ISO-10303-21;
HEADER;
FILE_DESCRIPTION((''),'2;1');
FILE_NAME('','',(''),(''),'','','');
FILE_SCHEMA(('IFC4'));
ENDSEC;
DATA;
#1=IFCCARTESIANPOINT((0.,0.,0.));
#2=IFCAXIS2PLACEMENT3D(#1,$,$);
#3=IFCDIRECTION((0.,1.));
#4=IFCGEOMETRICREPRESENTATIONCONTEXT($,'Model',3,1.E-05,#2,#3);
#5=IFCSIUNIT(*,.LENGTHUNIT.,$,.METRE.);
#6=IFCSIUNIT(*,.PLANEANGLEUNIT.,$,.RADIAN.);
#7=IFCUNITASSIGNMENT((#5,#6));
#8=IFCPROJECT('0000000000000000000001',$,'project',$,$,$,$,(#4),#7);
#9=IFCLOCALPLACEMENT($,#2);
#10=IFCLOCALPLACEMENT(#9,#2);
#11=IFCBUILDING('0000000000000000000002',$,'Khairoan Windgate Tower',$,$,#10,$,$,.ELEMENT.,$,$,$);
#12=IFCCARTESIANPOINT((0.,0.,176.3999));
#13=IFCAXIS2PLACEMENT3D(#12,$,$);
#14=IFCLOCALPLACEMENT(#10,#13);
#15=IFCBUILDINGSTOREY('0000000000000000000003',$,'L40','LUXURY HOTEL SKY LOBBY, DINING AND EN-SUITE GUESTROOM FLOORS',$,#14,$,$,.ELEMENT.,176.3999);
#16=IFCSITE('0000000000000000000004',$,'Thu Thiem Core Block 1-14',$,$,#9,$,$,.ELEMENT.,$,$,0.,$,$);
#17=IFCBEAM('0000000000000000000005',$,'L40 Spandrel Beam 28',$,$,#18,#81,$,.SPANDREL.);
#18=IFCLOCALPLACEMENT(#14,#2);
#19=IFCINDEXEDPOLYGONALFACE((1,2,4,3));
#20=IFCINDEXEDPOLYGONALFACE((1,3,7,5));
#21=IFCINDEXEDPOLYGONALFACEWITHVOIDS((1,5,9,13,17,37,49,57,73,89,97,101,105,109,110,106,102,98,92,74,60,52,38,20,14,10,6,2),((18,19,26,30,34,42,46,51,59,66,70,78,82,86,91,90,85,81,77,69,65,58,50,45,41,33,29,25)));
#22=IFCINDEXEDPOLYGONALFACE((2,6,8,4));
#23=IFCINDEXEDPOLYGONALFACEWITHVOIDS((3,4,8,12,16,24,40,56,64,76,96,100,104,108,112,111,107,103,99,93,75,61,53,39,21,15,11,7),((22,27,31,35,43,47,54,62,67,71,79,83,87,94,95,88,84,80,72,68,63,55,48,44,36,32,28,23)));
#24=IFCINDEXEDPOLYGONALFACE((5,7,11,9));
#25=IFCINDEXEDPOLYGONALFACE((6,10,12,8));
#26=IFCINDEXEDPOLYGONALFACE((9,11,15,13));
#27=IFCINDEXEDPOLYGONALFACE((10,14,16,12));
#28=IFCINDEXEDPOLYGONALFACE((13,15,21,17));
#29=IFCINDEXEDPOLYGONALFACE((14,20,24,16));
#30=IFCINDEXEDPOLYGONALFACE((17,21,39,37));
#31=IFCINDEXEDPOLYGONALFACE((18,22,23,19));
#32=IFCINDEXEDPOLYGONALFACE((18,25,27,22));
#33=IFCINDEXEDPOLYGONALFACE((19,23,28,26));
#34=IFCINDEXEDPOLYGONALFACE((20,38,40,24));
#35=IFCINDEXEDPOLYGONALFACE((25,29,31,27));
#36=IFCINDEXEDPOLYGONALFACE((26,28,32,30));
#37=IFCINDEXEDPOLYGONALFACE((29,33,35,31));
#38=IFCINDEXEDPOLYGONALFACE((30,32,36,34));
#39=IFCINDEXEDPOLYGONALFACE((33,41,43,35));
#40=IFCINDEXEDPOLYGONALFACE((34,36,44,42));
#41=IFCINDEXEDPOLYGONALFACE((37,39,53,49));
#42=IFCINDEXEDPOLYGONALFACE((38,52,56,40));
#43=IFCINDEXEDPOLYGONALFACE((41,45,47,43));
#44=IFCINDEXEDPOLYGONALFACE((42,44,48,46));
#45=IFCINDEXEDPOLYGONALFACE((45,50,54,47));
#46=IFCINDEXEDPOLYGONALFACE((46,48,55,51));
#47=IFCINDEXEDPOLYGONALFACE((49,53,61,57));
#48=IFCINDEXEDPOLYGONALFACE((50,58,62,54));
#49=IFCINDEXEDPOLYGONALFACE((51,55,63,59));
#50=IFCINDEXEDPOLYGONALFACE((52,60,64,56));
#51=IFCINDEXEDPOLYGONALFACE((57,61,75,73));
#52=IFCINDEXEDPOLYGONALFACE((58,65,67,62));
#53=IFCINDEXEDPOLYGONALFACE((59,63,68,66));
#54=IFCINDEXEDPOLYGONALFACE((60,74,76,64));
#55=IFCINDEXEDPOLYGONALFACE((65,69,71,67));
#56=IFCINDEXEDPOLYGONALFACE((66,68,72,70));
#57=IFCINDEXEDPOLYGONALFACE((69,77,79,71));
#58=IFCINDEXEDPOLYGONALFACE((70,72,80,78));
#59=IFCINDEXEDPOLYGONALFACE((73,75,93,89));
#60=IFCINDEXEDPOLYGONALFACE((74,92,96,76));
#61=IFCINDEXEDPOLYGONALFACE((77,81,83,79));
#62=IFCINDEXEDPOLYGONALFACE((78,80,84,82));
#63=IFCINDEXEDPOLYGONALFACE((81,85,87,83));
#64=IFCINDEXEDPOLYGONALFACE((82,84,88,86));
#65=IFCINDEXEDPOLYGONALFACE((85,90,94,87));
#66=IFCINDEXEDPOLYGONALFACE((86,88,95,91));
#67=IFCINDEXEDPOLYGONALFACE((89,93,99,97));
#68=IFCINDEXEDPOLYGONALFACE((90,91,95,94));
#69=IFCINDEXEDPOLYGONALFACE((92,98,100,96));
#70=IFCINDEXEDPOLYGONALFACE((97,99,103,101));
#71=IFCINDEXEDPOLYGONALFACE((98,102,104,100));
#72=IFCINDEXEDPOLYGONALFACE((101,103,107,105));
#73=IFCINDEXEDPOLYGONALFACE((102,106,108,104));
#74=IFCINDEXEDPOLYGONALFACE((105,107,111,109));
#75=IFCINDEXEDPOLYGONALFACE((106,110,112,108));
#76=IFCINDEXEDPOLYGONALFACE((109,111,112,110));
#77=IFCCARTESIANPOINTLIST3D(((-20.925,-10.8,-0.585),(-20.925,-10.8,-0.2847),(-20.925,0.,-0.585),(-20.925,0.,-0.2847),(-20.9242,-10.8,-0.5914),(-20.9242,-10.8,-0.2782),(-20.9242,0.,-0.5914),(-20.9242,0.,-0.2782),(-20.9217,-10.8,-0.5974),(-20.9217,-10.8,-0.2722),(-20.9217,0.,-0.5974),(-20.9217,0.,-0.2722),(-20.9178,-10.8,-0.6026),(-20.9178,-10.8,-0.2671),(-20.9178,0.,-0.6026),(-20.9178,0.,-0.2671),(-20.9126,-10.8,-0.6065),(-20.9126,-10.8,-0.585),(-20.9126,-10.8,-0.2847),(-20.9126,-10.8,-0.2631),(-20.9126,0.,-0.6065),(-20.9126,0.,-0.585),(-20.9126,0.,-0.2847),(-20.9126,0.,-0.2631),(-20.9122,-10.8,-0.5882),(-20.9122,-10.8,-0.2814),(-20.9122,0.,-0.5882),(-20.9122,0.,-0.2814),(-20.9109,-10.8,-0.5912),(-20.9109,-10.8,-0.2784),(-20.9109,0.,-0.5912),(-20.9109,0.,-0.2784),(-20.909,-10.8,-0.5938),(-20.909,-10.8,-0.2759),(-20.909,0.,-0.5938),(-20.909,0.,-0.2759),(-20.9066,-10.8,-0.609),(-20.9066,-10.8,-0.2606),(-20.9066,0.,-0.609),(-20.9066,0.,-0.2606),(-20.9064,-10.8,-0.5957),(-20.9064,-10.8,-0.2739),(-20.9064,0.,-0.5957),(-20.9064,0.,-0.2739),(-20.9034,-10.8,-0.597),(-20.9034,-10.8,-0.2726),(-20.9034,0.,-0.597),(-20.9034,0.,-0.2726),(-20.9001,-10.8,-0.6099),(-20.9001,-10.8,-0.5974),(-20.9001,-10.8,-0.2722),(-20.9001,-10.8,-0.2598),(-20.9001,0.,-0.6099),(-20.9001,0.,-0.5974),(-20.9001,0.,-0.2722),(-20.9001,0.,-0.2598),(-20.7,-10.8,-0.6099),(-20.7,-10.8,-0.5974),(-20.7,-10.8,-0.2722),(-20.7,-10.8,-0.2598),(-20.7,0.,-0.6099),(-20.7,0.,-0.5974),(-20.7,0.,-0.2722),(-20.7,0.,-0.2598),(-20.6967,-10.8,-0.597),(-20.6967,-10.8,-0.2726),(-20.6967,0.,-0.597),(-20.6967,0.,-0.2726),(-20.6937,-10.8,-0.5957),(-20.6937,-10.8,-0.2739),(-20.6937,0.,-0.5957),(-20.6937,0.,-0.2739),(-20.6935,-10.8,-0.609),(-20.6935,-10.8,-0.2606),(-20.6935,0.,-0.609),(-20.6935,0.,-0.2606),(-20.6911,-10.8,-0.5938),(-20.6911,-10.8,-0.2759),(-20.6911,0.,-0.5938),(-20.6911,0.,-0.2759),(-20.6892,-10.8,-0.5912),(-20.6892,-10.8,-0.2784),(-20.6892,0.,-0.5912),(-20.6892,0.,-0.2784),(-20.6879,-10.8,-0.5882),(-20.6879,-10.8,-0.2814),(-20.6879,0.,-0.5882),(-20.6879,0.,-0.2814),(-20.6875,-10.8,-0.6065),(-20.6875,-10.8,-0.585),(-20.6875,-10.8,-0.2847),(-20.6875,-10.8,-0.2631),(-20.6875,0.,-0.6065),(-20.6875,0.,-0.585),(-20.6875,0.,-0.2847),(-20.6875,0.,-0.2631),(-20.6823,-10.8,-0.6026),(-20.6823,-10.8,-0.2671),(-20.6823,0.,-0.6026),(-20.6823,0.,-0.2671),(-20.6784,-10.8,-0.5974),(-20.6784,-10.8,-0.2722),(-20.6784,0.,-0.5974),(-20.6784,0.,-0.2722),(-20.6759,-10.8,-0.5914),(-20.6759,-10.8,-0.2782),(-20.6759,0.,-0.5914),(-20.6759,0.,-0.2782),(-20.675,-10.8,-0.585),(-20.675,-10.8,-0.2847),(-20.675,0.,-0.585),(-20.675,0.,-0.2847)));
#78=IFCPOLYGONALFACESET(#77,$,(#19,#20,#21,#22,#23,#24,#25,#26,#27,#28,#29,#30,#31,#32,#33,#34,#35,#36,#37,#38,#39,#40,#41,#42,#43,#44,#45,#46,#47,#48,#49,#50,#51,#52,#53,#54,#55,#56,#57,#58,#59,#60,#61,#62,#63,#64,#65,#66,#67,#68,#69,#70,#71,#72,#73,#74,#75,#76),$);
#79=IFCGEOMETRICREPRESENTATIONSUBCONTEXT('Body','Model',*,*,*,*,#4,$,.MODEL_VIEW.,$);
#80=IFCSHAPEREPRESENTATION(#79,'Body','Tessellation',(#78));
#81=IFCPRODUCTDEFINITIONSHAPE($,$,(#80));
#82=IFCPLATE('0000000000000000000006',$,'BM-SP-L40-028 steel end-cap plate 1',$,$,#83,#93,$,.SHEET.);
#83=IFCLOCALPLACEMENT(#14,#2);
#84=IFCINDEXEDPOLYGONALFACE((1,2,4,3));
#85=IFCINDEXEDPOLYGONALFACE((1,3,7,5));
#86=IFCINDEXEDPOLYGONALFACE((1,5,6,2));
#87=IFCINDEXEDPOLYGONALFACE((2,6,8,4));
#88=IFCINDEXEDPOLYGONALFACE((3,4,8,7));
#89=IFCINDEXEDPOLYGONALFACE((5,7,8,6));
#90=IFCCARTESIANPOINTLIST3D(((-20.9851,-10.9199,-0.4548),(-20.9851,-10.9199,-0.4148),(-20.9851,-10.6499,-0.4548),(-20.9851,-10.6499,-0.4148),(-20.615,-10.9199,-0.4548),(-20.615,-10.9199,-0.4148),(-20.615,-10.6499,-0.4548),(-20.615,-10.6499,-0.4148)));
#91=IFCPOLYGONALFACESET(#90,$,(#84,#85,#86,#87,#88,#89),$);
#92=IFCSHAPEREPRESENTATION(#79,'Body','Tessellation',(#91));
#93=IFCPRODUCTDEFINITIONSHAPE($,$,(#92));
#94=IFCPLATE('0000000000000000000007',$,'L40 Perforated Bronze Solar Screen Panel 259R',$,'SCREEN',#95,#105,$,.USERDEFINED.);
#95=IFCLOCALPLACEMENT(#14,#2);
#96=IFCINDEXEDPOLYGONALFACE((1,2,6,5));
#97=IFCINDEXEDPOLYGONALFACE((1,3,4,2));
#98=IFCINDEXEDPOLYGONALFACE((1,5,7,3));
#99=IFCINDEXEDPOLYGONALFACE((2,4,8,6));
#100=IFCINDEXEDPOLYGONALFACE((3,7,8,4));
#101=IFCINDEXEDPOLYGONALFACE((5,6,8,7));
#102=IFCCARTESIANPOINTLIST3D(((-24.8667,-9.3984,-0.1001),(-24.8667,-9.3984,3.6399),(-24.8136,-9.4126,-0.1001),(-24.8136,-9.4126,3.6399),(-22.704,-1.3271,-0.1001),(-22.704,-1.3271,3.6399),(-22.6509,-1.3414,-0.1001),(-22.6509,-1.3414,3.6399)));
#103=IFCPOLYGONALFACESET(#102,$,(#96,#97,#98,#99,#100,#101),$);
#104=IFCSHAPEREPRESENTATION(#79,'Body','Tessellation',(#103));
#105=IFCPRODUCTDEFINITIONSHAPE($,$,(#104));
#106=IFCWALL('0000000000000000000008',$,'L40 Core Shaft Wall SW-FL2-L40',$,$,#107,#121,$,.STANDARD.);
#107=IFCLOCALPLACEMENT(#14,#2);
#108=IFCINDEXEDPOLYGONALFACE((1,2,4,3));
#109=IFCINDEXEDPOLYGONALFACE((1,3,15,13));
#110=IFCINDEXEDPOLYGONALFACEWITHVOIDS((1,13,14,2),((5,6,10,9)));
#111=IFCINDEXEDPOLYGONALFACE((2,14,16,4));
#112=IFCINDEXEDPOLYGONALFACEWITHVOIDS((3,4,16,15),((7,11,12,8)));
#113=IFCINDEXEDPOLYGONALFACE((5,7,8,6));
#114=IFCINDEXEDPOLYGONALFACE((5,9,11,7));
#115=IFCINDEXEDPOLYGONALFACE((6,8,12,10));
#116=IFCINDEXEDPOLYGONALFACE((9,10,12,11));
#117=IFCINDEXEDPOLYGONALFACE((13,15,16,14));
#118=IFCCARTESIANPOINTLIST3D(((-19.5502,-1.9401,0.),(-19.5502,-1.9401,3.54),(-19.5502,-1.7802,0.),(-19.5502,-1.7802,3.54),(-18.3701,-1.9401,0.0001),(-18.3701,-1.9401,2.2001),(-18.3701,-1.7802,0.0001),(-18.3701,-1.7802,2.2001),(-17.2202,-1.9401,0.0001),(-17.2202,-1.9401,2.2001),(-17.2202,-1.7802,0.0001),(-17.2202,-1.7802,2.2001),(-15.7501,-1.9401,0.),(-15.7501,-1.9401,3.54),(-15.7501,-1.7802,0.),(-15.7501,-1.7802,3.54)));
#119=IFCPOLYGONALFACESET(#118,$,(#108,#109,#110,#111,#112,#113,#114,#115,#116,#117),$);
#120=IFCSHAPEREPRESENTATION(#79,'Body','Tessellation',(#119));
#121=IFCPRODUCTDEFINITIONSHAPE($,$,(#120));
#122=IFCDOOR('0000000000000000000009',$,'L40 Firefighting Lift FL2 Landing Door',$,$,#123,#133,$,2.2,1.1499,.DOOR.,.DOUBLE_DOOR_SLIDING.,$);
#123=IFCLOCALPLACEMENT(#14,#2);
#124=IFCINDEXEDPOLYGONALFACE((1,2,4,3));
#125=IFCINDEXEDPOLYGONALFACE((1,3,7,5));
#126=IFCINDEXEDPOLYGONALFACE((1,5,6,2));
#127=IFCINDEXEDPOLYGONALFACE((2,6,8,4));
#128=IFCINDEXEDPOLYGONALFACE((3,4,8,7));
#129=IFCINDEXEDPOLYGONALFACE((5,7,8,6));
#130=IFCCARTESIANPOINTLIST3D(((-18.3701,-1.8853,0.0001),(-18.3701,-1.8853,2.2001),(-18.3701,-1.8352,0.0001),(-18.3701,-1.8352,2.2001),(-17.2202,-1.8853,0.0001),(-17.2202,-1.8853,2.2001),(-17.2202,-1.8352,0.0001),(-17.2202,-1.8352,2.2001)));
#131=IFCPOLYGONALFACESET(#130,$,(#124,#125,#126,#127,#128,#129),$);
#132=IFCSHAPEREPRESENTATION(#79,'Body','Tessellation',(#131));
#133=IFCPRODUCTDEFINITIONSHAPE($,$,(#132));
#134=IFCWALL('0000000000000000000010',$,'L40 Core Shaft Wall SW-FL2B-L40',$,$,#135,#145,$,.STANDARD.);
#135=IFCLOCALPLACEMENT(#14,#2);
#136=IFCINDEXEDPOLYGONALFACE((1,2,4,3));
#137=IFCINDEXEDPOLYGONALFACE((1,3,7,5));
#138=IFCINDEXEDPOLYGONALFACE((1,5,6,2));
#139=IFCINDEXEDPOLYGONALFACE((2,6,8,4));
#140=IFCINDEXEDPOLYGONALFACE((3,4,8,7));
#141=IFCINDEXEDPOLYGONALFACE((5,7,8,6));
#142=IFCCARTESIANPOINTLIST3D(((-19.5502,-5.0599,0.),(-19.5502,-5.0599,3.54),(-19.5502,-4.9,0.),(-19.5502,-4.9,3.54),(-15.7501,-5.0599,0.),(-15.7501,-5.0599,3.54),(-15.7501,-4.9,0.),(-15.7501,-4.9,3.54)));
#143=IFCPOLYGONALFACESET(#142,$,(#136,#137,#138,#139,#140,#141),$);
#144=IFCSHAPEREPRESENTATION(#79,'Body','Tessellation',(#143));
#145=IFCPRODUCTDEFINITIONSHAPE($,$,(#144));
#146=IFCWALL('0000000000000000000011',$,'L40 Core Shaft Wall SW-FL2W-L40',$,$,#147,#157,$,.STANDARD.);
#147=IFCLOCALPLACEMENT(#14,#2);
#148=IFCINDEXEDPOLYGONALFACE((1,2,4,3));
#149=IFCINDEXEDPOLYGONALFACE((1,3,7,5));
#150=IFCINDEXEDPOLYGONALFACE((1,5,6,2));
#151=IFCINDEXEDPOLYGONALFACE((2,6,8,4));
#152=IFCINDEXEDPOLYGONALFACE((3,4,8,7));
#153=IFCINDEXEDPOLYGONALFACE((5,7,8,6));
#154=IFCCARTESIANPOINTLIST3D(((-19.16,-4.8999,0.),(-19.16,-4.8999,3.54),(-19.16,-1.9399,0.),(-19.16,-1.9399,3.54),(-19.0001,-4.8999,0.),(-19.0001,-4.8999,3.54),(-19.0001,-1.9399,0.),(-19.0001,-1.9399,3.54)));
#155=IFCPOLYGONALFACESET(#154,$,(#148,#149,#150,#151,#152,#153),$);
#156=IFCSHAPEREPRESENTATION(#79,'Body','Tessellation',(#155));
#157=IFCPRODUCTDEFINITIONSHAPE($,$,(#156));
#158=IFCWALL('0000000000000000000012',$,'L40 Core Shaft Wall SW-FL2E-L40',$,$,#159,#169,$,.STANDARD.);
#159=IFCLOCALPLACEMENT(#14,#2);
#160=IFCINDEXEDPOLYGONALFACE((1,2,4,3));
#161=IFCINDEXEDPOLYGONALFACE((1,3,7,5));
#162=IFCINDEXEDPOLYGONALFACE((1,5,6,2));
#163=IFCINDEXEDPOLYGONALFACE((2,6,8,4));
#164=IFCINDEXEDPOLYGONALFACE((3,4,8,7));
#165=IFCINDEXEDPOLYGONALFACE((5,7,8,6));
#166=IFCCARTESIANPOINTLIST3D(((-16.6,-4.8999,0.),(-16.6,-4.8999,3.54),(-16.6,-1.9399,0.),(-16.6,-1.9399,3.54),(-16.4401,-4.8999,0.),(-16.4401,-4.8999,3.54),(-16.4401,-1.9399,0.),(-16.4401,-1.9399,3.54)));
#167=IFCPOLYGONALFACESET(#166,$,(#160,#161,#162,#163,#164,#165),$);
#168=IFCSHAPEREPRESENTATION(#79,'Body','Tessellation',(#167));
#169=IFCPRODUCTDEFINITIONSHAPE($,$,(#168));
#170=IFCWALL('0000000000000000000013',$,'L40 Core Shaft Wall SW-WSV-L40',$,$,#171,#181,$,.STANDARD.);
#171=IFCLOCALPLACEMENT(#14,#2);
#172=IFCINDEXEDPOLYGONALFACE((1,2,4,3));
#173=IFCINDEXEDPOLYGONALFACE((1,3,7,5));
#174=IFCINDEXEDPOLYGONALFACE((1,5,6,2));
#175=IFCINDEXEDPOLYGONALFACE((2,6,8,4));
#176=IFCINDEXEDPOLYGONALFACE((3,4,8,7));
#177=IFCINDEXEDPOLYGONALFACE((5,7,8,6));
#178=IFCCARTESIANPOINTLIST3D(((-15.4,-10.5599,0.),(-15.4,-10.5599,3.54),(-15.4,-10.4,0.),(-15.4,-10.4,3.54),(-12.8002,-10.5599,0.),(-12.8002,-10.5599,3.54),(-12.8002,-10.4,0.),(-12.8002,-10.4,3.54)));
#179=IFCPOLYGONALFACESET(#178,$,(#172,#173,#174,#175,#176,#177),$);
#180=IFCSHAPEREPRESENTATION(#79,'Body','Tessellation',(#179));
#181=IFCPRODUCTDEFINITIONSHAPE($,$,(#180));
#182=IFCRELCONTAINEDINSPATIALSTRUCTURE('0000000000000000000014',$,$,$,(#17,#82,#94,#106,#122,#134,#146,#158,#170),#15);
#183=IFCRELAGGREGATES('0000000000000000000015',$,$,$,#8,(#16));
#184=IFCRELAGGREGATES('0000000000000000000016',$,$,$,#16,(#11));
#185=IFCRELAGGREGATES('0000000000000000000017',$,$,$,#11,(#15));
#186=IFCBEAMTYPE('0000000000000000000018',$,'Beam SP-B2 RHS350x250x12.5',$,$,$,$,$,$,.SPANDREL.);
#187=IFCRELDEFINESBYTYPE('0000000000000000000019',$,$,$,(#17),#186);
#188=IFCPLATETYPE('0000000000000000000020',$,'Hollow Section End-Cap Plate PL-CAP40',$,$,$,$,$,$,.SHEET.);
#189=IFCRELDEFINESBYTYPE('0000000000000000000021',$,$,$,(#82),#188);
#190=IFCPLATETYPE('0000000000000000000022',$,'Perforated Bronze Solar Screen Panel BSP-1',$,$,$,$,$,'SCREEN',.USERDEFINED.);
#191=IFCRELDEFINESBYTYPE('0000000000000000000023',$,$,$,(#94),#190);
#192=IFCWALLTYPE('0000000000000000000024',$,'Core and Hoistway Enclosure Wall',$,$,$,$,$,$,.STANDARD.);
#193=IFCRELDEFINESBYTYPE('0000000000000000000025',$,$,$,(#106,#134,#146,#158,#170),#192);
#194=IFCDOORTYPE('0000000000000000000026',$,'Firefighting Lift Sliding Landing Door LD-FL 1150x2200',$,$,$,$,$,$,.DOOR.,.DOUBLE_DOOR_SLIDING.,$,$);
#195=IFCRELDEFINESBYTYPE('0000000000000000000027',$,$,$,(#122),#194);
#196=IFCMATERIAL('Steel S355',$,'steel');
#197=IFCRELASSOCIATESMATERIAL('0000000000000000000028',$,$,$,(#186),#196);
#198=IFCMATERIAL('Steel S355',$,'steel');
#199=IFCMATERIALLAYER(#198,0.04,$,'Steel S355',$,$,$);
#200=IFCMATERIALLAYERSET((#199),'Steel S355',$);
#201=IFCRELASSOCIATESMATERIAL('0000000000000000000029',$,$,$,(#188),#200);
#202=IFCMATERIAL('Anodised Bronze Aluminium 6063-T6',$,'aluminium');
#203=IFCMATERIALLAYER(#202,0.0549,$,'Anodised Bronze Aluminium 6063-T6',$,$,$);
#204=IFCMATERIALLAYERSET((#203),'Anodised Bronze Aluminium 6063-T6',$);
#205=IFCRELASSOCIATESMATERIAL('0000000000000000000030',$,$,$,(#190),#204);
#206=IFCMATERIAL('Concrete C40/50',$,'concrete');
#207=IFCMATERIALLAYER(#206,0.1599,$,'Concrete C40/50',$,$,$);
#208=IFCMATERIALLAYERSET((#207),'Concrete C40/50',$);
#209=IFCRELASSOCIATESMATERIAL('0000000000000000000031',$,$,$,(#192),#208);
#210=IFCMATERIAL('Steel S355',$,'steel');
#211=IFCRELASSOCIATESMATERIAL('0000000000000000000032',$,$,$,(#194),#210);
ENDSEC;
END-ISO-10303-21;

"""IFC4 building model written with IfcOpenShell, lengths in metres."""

from ifc_helpers import new_model, si_unit, direction, frame, frame_2d, origin, origin_2d, place, context, subcontext, project, spatial, rectangle, hollow_rectangle, extrude, material, layer, layer_set, material_profile, profile_set, type_object, element, fill, save


model = new_model("IFC4")

# Units and contexts
model_context = context("Model", 3, precision=1e-05, world=origin(), true_north=direction((0.0, 1.0)))
body_context = subcontext(model_context, "Body", "Model", "MODEL_VIEW")
ifc_project = project(units=[si_unit("LENGTHUNIT", "METRE"), si_unit("PLANEANGLEUNIT", "RADIAN")], contexts=[model_context])

# Site, building, storey
site_placement = place(None, origin())
site = spatial("IfcSite", under=ifc_project, at=site_placement, Name="Thu Thiem Core Block 1-14", CompositionType="ELEMENT", RefElevation=0.0)
building_placement = place(site_placement, origin())
building = spatial("IfcBuilding", under=site, at=building_placement, Name="Khairoan Windgate Tower", CompositionType="ELEMENT")
storey_placement = place(building_placement, frame((0.0, 0.0, 176.3999)))
storey = spatial("IfcBuildingStorey", under=building, at=storey_placement, Name="L40", Description="LUXURY HOTEL SKY LOBBY, DINING AND EN-SUITE GUESTROOM FLOORS", CompositionType="ELEMENT", Elevation=176.3999)

# Beam
ifc_material_1 = material(Name="Steel S355", Category="steel")
ifc_material_profile_1 = material_profile(ifc_material_1, hollow_rectangle(XDim=0.25, YDim=0.3501, WallThickness=0.0125, InnerFilletRadius=0.0125, OuterFilletRadius=0.0249, at=origin_2d()))
ifc_profile_set_1 = profile_set([ifc_material_profile_1], Name="Steel S355")
beam_type_1 = type_object("IfcBeamType", Name="Beam SP-B2 RHS350x250x12.5", PredefinedType="SPANDREL", material=ifc_profile_set_1)
beam_1_placement = place(storey_placement, frame((-20.8, -10.8, -0.4348), z_axis=(0.0, 1.0, 0.0), x_axis=(-1.0, 0.0, 0.0)))
element("IfcBeam", 1, at=beam_1_placement, inside=storey, type_object=beam_type_1, Name="L40 Spandrel Beam 28", PredefinedType="SPANDREL", context=body_context, shape_type="SweptSolid", body=[
    extrude(hollow_rectangle(XDim=0.25, YDim=0.3501, WallThickness=0.0125, InnerFilletRadius=0.0125, OuterFilletRadius=0.0249, at=origin_2d()), origin(), (0.0, 0.0, 1.0), 10.8),
])

# Plates
ifc_material_2 = material(Name="Steel S355", Category="steel")
ifc_layer_1 = layer(ifc_material_2, 0.04, Name="Steel S355")
ifc_layer_set_1 = layer_set([ifc_layer_1], Name="Steel S355")
plate_type_1 = type_object("IfcPlateType", Name="Hollow Section End-Cap Plate PL-CAP40", PredefinedType="SHEET", material=ifc_layer_set_1)
plate_1_placement = place(storey_placement, frame((-20.8, -10.7849, -0.4548), z_axis=(0.0, 0.0, 1.0), x_axis=(0.0, 1.0, 0.0)))
element("IfcPlate", 2, at=plate_1_placement, inside=storey, type_object=plate_type_1, Name="BM-SP-L40-028 steel end-cap plate 1", PredefinedType="SHEET", context=body_context, shape_type="SweptSolid", body=[
    extrude(rectangle(XDim=0.27, YDim=0.3701, at=origin_2d()), origin(), (0.0, 0.0, 1.0), 0.04),
])
ifc_material_3 = material(Name="Anodised Bronze Aluminium 6063-T6", Category="aluminium")
ifc_layer_2 = layer(ifc_material_3, 0.0549, Name="Anodised Bronze Aluminium 6063-T6")
ifc_layer_set_2 = layer_set([ifc_layer_2], Name="Anodised Bronze Aluminium 6063-T6")
plate_type_2 = type_object("IfcPlateType", Name="Perforated Bronze Solar Screen Panel BSP-1", ElementType="SCREEN", PredefinedType="USERDEFINED", material=ifc_layer_set_2)
plate_2_placement = place(storey_placement, frame((-23.7588, -5.3699, -0.1001), z_axis=(0.0, 0.0, 1.0), x_axis=(0.258819, 0.965926, 0.0)))
element("IfcPlate", 3, at=plate_2_placement, inside=storey, type_object=plate_type_2, Name="L40 Perforated Bronze Solar Screen Panel 259R", ObjectType="SCREEN", PredefinedType="USERDEFINED", context=body_context, shape_type="SweptSolid", body=[
    extrude(rectangle(XDim=8.356, YDim=0.0549, at=origin_2d()), origin(), (0.0, 0.0, 1.0), 3.74),
])

# Wall, opening, door
ifc_material_4 = material(Name="Concrete C40/50", Category="concrete")
ifc_layer_3 = layer(ifc_material_4, 0.1599, Name="Concrete C40/50")
ifc_layer_set_3 = layer_set([ifc_layer_3], Name="Concrete C40/50")
wall_type_1 = type_object("IfcWallType", Name="Core and Hoistway Enclosure Wall", PredefinedType="STANDARD", material=ifc_layer_set_3)
wall_1_placement = place(storey_placement, frame((-19.55, -1.8601, 0.0), z_axis=(0.0, 0.0, 1.0), x_axis=(1.0, 0.0, 0.0)))
wall_1 = element("IfcWall", 4, at=wall_1_placement, inside=storey, type_object=wall_type_1, Name="L40 Core Shaft Wall SW-FL2-L40", PredefinedType="STANDARD", context=body_context, shape_type="SweptSolid", body=[
    extrude(rectangle(XDim=3.8, YDim=0.1599, at=frame_2d((1.8999, 0.0))), origin(), (0.0, 0.0, 1.0), 3.54),
])
opening_1_placement = place(wall_1_placement, frame((1.1799, 0.0, 0.0)))
opening_1 = element("IfcOpeningElement", 5, at=opening_1_placement, cuts=wall_1, PredefinedType="OPENING", context=body_context, shape_type="SweptSolid", body=[
    extrude(rectangle(XDim=1.1499, YDim=2.2, at=frame_2d((0.575, 1.1001))), frame((0.0, 0.0898, 0.0), z_axis=(0.0, -1.0, 0.0), x_axis=(1.0, 0.0, 0.0)), (0.0, 0.0, 1.0), 0.1799),
])
ifc_material_5 = material(Name="Steel S355", Category="steel")
door_type_1 = type_object("IfcDoorType", Name="Firefighting Lift Sliding Landing Door LD-FL 1150x2200", OperationType="DOUBLE_DOOR_SLIDING", PredefinedType="DOOR", material=ifc_material_5)
door_1_placement = place(opening_1_placement, origin())
door_1 = element("IfcDoor", 6, at=door_1_placement, inside=storey, type_object=door_type_1, Name="L40 Firefighting Lift FL2 Landing Door", OperationType="DOUBLE_DOOR_SLIDING", OverallHeight=2.2, OverallWidth=1.1499, PredefinedType="DOOR", context=body_context, shape_type="SweptSolid", body=[
    extrude(rectangle(XDim=1.1499, YDim=2.2, at=frame_2d((0.575, 1.1001))), frame((0.0, 0.0249, 0.0), z_axis=(0.0, -1.0, 0.0), x_axis=(1.0, 0.0, 0.0)), (0.0, 0.0, 1.0), 0.05),
])
fill(opening_1, door_1)

# Walls
wall_2_placement = place(storey_placement, frame((-19.55, -4.98, 0.0), z_axis=(0.0, 0.0, 1.0), x_axis=(1.0, 0.0, 0.0)))
element("IfcWall", 7, at=wall_2_placement, inside=storey, type_object=wall_type_1, Name="L40 Core Shaft Wall SW-FL2B-L40", PredefinedType="STANDARD", context=body_context, shape_type="SweptSolid", body=[
    extrude(rectangle(XDim=3.8, YDim=0.1599, at=frame_2d((1.8999, 0.0))), origin(), (0.0, 0.0, 1.0), 3.54),
])
for number, where, z_axis, x_axis, name in (
    (8, (-19.0801, -4.8999, 0.0), (0.0, 0.0, 1.0), (0.0, 1.0, 0.0), "L40 Core Shaft Wall SW-FL2W-L40"),
    (9, (-16.52, -4.8999, 0.0), (0.0, 0.0, 1.0), (0.0, 1.0, 0.0), "L40 Core Shaft Wall SW-FL2E-L40"),
):
    element("IfcWall", number, at=place(storey_placement, frame(where, z_axis=z_axis, x_axis=x_axis)), inside=storey, type_object=wall_type_1, Name=name, PredefinedType="STANDARD", context=body_context, shape_type="SweptSolid", body=[
        extrude(rectangle(XDim=2.96, YDim=0.1599, at=frame_2d((1.48, 0.0))), origin(), (0.0, 0.0, 1.0), 3.54),
    ])
wall_3_placement = place(storey_placement, frame((-15.3999, -10.48, 0.0), z_axis=(0.0, 0.0, 1.0), x_axis=(1.0, 0.0, 0.0)))
element("IfcWall", 10, at=wall_3_placement, inside=storey, type_object=wall_type_1, Name="L40 Core Shaft Wall SW-WSV-L40", PredefinedType="STANDARD", context=body_context, shape_type="SweptSolid", body=[
    extrude(rectangle(XDim=2.5999, YDim=0.1599, at=frame_2d((1.2998, 0.0))), origin(), (0.0, 0.0, 1.0), 3.54),
])

save(model, "model.ifc")
